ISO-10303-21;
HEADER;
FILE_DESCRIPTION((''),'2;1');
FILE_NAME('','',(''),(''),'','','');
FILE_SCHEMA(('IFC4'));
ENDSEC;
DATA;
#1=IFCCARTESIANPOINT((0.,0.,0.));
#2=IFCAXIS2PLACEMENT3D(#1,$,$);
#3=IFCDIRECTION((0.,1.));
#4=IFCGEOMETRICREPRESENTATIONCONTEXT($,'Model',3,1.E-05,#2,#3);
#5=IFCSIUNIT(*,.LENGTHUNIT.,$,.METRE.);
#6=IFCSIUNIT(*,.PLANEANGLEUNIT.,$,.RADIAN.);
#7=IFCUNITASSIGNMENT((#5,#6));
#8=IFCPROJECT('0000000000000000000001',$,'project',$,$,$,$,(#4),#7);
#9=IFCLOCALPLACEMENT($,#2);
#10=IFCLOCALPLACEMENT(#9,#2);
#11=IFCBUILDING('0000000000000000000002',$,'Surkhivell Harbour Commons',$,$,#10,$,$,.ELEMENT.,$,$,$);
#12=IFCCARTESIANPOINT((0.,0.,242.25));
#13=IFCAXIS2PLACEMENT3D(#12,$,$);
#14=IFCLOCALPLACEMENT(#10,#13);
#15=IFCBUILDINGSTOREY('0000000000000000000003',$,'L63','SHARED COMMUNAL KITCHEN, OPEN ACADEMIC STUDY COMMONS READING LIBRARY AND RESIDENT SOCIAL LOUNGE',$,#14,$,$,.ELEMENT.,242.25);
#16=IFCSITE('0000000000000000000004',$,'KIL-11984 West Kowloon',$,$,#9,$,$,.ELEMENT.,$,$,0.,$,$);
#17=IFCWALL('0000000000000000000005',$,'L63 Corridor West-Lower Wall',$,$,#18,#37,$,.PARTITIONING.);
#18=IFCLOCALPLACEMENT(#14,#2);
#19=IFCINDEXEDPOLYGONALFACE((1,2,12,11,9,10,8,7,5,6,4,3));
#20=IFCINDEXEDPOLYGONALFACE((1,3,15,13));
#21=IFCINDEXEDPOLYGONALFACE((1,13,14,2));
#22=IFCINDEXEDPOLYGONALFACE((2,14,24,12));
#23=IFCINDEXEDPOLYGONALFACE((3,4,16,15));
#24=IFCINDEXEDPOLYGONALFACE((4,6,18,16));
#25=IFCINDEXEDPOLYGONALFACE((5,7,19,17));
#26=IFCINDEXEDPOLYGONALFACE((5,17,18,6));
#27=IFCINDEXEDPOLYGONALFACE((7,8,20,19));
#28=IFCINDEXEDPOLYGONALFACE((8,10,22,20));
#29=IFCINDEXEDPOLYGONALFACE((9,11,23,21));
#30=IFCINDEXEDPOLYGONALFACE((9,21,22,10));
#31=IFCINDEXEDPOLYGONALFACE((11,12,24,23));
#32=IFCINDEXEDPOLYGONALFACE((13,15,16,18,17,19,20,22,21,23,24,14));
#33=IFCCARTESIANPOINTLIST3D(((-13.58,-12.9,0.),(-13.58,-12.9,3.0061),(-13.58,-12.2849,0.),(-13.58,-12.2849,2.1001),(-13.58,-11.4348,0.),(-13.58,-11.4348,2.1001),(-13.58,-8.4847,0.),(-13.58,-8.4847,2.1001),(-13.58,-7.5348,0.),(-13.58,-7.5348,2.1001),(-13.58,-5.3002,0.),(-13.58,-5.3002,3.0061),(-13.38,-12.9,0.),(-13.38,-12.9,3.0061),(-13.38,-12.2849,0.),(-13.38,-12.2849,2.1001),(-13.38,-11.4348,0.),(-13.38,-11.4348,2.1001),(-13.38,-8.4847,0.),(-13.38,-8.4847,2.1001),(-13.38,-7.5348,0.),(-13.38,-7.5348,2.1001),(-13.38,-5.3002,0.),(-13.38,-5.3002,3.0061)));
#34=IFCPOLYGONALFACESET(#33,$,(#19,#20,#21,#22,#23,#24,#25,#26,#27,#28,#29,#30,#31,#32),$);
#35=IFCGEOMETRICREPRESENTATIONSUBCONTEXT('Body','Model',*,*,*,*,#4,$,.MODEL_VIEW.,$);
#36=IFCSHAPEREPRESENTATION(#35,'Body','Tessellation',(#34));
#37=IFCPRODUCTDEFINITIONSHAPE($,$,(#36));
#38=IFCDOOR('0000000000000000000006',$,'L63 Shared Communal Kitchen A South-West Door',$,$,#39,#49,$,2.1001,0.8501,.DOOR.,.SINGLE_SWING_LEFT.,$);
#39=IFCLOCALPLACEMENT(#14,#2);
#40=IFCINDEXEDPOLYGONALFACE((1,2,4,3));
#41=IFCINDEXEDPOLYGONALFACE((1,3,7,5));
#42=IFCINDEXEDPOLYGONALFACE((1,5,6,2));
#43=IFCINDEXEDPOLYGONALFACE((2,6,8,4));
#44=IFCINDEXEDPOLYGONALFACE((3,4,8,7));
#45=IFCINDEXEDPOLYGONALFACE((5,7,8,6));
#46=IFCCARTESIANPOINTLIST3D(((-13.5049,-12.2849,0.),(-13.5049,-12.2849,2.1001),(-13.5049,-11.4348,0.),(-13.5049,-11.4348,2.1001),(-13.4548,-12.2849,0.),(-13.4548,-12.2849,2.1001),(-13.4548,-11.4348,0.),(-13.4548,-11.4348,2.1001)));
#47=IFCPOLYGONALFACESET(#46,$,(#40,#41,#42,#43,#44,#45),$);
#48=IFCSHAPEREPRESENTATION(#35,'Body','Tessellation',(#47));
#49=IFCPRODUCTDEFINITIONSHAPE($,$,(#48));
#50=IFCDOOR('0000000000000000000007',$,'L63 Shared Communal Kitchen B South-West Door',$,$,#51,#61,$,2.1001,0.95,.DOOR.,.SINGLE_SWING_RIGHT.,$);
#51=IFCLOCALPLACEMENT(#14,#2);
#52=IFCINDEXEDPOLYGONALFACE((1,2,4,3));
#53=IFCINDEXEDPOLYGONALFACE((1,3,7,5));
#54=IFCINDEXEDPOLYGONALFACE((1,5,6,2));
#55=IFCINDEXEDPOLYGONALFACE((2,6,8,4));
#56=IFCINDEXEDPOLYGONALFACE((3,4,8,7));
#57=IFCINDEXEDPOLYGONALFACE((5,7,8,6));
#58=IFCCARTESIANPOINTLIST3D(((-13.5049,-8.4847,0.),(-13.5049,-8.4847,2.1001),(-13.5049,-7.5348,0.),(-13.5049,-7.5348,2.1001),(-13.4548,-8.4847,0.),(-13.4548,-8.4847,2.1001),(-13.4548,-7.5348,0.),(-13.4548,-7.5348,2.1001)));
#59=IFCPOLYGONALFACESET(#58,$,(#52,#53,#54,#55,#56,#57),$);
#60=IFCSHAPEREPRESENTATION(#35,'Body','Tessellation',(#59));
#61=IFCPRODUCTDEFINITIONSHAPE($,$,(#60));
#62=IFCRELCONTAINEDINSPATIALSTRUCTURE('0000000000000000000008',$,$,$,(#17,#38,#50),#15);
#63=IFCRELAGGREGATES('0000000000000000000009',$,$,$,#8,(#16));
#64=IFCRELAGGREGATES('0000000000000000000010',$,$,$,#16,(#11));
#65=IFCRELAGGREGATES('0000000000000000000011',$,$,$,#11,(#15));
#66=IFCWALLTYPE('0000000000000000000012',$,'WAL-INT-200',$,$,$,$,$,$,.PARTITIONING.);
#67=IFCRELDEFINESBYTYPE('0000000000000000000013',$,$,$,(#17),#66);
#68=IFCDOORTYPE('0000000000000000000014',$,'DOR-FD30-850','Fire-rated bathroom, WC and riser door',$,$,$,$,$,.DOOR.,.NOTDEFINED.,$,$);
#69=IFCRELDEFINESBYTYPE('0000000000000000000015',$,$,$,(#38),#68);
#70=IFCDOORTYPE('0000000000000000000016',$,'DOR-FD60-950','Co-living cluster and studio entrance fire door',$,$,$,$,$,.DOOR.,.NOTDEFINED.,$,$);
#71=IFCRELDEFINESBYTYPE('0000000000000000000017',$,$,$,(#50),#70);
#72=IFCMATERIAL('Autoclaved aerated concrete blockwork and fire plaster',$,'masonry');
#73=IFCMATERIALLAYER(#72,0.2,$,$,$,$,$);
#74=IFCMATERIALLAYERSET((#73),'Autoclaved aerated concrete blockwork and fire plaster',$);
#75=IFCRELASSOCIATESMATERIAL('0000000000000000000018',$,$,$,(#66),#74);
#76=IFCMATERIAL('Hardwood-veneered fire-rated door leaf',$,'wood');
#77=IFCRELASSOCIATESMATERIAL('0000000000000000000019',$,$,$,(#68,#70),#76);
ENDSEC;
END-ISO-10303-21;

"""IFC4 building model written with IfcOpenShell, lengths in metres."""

from ifc_helpers import new_model, si_unit, direction, frame, frame_2d, origin, place, context, subcontext, project, spatial, rectangle, extrude, material, layer, layer_set, type_object, element, fill, save


model = new_model("IFC4")

# Units and contexts
model_context = context("Model", 3, precision=1e-05, world=origin(), true_north=direction((0.0, 1.0)))
body_context = subcontext(model_context, "Body", "Model", "MODEL_VIEW")
ifc_project = project(units=[si_unit("LENGTHUNIT", "METRE"), si_unit("PLANEANGLEUNIT", "RADIAN")], contexts=[model_context])

# Site, building, storey
site_placement = place(None, origin())
site = spatial("IfcSite", under=ifc_project, at=site_placement, Name="KIL-11984 West Kowloon", CompositionType="ELEMENT", RefElevation=0.0)
building_placement = place(site_placement, origin())
building = spatial("IfcBuilding", under=site, at=building_placement, Name="Surkhivell Harbour Commons", CompositionType="ELEMENT")
storey_placement = place(building_placement, frame((0.0, 0.0, 242.25)))
storey = spatial("IfcBuildingStorey", under=building, at=storey_placement, Name="L63", Description="SHARED COMMUNAL KITCHEN, OPEN ACADEMIC STUDY COMMONS READING LIBRARY AND RESIDENT SOCIAL LOUNGE", CompositionType="ELEMENT", Elevation=242.25)

# Wall, openings, doors
ifc_material_1 = material(Name="Autoclaved aerated concrete blockwork and fire plaster", Category="masonry")
ifc_layer_1 = layer(ifc_material_1, 0.2)
ifc_layer_set_1 = layer_set([ifc_layer_1], Name="Autoclaved aerated concrete blockwork and fire plaster")
wall_type_1 = type_object("IfcWallType", Name="WAL-INT-200", PredefinedType="PARTITIONING", material=ifc_layer_set_1)
wall_1_placement = place(storey_placement, frame((-13.48, -12.8999, 0.0), z_axis=(0.0, 0.0, 1.0), x_axis=(0.0, 1.0, 0.0)))
wall_1 = element("IfcWall", 1, at=wall_1_placement, inside=storey, type_object=wall_type_1, Name="L63 Corridor West-Lower Wall", PredefinedType="PARTITIONING", context=body_context, shape_type="SweptSolid", body=[
    extrude(rectangle(XDim=7.5999, YDim=0.2, at=frame_2d((3.7998, 0.0))), origin(), (0.0, 0.0, 1.0), 3.0061),
])
opening_1_placement = place(wall_1_placement, frame((0.615, 0.0, 0.0)))
opening_1 = element("IfcOpeningElement", 2, at=opening_1_placement, cuts=wall_1, PredefinedType="OPENING", context=body_context, shape_type="SweptSolid", body=[
    extrude(rectangle(XDim=0.8501, YDim=2.1001, at=frame_2d((0.425, 1.05))), frame((0.0, 0.1099, 0.0), z_axis=(0.0, -1.0, 0.0), x_axis=(1.0, 0.0, 0.0)), (0.0, 0.0, 1.0), 0.22),
])
opening_2_placement = place(wall_1_placement, frame((4.415, 0.0, 0.0)))
opening_2 = element("IfcOpeningElement", 3, at=opening_2_placement, cuts=wall_1, PredefinedType="OPENING", context=body_context, shape_type="SweptSolid", body=[
    extrude(rectangle(XDim=0.95, YDim=2.1001, at=frame_2d((0.4751, 1.05))), frame((0.0, 0.1099, 0.0), z_axis=(0.0, -1.0, 0.0), x_axis=(1.0, 0.0, 0.0)), (0.0, 0.0, 1.0), 0.22),
])
ifc_material_2 = material(Name="Hardwood-veneered fire-rated door leaf", Category="wood")
door_type_1 = type_object("IfcDoorType", Name="DOR-FD30-850", Description="Fire-rated bathroom, WC and riser door", OperationType="NOTDEFINED", PredefinedType="DOOR", material=ifc_material_2)
door_1_placement = place(opening_1_placement, origin())
door_1 = element("IfcDoor", 4, at=door_1_placement, inside=storey, type_object=door_type_1, Name="L63 Shared Communal Kitchen A South-West Door", OperationType="SINGLE_SWING_LEFT", OverallHeight=2.1001, OverallWidth=0.8501, PredefinedType="DOOR", context=body_context, shape_type="SweptSolid", body=[
    extrude(rectangle(XDim=0.8501, YDim=2.1001, at=frame_2d((0.425, 1.05))), frame((0.0, 0.0249, 0.0), z_axis=(0.0, -1.0, 0.0), x_axis=(1.0, 0.0, 0.0)), (0.0, 0.0, 1.0), 0.05),
])
fill(opening_1, door_1)
door_type_2 = type_object("IfcDoorType", Name="DOR-FD60-950", Description="Co-living cluster and studio entrance fire door", OperationType="NOTDEFINED", PredefinedType="DOOR", material=ifc_material_2)
door_2_placement = place(opening_2_placement, origin())
door_2 = element("IfcDoor", 5, at=door_2_placement, inside=storey, type_object=door_type_2, Name="L63 Shared Communal Kitchen B South-West Door", OperationType="SINGLE_SWING_RIGHT", OverallHeight=2.1001, OverallWidth=0.95, PredefinedType="DOOR", context=body_context, shape_type="SweptSolid", body=[
    extrude(rectangle(XDim=0.95, YDim=2.1001, at=frame_2d((0.4751, 1.05))), frame((0.0, 0.0249, 0.0), z_axis=(0.0, -1.0, 0.0), x_axis=(1.0, 0.0, 0.0)), (0.0, 0.0, 1.0), 0.05),
])
fill(opening_2, door_2)

save(model, "model.ifc")
